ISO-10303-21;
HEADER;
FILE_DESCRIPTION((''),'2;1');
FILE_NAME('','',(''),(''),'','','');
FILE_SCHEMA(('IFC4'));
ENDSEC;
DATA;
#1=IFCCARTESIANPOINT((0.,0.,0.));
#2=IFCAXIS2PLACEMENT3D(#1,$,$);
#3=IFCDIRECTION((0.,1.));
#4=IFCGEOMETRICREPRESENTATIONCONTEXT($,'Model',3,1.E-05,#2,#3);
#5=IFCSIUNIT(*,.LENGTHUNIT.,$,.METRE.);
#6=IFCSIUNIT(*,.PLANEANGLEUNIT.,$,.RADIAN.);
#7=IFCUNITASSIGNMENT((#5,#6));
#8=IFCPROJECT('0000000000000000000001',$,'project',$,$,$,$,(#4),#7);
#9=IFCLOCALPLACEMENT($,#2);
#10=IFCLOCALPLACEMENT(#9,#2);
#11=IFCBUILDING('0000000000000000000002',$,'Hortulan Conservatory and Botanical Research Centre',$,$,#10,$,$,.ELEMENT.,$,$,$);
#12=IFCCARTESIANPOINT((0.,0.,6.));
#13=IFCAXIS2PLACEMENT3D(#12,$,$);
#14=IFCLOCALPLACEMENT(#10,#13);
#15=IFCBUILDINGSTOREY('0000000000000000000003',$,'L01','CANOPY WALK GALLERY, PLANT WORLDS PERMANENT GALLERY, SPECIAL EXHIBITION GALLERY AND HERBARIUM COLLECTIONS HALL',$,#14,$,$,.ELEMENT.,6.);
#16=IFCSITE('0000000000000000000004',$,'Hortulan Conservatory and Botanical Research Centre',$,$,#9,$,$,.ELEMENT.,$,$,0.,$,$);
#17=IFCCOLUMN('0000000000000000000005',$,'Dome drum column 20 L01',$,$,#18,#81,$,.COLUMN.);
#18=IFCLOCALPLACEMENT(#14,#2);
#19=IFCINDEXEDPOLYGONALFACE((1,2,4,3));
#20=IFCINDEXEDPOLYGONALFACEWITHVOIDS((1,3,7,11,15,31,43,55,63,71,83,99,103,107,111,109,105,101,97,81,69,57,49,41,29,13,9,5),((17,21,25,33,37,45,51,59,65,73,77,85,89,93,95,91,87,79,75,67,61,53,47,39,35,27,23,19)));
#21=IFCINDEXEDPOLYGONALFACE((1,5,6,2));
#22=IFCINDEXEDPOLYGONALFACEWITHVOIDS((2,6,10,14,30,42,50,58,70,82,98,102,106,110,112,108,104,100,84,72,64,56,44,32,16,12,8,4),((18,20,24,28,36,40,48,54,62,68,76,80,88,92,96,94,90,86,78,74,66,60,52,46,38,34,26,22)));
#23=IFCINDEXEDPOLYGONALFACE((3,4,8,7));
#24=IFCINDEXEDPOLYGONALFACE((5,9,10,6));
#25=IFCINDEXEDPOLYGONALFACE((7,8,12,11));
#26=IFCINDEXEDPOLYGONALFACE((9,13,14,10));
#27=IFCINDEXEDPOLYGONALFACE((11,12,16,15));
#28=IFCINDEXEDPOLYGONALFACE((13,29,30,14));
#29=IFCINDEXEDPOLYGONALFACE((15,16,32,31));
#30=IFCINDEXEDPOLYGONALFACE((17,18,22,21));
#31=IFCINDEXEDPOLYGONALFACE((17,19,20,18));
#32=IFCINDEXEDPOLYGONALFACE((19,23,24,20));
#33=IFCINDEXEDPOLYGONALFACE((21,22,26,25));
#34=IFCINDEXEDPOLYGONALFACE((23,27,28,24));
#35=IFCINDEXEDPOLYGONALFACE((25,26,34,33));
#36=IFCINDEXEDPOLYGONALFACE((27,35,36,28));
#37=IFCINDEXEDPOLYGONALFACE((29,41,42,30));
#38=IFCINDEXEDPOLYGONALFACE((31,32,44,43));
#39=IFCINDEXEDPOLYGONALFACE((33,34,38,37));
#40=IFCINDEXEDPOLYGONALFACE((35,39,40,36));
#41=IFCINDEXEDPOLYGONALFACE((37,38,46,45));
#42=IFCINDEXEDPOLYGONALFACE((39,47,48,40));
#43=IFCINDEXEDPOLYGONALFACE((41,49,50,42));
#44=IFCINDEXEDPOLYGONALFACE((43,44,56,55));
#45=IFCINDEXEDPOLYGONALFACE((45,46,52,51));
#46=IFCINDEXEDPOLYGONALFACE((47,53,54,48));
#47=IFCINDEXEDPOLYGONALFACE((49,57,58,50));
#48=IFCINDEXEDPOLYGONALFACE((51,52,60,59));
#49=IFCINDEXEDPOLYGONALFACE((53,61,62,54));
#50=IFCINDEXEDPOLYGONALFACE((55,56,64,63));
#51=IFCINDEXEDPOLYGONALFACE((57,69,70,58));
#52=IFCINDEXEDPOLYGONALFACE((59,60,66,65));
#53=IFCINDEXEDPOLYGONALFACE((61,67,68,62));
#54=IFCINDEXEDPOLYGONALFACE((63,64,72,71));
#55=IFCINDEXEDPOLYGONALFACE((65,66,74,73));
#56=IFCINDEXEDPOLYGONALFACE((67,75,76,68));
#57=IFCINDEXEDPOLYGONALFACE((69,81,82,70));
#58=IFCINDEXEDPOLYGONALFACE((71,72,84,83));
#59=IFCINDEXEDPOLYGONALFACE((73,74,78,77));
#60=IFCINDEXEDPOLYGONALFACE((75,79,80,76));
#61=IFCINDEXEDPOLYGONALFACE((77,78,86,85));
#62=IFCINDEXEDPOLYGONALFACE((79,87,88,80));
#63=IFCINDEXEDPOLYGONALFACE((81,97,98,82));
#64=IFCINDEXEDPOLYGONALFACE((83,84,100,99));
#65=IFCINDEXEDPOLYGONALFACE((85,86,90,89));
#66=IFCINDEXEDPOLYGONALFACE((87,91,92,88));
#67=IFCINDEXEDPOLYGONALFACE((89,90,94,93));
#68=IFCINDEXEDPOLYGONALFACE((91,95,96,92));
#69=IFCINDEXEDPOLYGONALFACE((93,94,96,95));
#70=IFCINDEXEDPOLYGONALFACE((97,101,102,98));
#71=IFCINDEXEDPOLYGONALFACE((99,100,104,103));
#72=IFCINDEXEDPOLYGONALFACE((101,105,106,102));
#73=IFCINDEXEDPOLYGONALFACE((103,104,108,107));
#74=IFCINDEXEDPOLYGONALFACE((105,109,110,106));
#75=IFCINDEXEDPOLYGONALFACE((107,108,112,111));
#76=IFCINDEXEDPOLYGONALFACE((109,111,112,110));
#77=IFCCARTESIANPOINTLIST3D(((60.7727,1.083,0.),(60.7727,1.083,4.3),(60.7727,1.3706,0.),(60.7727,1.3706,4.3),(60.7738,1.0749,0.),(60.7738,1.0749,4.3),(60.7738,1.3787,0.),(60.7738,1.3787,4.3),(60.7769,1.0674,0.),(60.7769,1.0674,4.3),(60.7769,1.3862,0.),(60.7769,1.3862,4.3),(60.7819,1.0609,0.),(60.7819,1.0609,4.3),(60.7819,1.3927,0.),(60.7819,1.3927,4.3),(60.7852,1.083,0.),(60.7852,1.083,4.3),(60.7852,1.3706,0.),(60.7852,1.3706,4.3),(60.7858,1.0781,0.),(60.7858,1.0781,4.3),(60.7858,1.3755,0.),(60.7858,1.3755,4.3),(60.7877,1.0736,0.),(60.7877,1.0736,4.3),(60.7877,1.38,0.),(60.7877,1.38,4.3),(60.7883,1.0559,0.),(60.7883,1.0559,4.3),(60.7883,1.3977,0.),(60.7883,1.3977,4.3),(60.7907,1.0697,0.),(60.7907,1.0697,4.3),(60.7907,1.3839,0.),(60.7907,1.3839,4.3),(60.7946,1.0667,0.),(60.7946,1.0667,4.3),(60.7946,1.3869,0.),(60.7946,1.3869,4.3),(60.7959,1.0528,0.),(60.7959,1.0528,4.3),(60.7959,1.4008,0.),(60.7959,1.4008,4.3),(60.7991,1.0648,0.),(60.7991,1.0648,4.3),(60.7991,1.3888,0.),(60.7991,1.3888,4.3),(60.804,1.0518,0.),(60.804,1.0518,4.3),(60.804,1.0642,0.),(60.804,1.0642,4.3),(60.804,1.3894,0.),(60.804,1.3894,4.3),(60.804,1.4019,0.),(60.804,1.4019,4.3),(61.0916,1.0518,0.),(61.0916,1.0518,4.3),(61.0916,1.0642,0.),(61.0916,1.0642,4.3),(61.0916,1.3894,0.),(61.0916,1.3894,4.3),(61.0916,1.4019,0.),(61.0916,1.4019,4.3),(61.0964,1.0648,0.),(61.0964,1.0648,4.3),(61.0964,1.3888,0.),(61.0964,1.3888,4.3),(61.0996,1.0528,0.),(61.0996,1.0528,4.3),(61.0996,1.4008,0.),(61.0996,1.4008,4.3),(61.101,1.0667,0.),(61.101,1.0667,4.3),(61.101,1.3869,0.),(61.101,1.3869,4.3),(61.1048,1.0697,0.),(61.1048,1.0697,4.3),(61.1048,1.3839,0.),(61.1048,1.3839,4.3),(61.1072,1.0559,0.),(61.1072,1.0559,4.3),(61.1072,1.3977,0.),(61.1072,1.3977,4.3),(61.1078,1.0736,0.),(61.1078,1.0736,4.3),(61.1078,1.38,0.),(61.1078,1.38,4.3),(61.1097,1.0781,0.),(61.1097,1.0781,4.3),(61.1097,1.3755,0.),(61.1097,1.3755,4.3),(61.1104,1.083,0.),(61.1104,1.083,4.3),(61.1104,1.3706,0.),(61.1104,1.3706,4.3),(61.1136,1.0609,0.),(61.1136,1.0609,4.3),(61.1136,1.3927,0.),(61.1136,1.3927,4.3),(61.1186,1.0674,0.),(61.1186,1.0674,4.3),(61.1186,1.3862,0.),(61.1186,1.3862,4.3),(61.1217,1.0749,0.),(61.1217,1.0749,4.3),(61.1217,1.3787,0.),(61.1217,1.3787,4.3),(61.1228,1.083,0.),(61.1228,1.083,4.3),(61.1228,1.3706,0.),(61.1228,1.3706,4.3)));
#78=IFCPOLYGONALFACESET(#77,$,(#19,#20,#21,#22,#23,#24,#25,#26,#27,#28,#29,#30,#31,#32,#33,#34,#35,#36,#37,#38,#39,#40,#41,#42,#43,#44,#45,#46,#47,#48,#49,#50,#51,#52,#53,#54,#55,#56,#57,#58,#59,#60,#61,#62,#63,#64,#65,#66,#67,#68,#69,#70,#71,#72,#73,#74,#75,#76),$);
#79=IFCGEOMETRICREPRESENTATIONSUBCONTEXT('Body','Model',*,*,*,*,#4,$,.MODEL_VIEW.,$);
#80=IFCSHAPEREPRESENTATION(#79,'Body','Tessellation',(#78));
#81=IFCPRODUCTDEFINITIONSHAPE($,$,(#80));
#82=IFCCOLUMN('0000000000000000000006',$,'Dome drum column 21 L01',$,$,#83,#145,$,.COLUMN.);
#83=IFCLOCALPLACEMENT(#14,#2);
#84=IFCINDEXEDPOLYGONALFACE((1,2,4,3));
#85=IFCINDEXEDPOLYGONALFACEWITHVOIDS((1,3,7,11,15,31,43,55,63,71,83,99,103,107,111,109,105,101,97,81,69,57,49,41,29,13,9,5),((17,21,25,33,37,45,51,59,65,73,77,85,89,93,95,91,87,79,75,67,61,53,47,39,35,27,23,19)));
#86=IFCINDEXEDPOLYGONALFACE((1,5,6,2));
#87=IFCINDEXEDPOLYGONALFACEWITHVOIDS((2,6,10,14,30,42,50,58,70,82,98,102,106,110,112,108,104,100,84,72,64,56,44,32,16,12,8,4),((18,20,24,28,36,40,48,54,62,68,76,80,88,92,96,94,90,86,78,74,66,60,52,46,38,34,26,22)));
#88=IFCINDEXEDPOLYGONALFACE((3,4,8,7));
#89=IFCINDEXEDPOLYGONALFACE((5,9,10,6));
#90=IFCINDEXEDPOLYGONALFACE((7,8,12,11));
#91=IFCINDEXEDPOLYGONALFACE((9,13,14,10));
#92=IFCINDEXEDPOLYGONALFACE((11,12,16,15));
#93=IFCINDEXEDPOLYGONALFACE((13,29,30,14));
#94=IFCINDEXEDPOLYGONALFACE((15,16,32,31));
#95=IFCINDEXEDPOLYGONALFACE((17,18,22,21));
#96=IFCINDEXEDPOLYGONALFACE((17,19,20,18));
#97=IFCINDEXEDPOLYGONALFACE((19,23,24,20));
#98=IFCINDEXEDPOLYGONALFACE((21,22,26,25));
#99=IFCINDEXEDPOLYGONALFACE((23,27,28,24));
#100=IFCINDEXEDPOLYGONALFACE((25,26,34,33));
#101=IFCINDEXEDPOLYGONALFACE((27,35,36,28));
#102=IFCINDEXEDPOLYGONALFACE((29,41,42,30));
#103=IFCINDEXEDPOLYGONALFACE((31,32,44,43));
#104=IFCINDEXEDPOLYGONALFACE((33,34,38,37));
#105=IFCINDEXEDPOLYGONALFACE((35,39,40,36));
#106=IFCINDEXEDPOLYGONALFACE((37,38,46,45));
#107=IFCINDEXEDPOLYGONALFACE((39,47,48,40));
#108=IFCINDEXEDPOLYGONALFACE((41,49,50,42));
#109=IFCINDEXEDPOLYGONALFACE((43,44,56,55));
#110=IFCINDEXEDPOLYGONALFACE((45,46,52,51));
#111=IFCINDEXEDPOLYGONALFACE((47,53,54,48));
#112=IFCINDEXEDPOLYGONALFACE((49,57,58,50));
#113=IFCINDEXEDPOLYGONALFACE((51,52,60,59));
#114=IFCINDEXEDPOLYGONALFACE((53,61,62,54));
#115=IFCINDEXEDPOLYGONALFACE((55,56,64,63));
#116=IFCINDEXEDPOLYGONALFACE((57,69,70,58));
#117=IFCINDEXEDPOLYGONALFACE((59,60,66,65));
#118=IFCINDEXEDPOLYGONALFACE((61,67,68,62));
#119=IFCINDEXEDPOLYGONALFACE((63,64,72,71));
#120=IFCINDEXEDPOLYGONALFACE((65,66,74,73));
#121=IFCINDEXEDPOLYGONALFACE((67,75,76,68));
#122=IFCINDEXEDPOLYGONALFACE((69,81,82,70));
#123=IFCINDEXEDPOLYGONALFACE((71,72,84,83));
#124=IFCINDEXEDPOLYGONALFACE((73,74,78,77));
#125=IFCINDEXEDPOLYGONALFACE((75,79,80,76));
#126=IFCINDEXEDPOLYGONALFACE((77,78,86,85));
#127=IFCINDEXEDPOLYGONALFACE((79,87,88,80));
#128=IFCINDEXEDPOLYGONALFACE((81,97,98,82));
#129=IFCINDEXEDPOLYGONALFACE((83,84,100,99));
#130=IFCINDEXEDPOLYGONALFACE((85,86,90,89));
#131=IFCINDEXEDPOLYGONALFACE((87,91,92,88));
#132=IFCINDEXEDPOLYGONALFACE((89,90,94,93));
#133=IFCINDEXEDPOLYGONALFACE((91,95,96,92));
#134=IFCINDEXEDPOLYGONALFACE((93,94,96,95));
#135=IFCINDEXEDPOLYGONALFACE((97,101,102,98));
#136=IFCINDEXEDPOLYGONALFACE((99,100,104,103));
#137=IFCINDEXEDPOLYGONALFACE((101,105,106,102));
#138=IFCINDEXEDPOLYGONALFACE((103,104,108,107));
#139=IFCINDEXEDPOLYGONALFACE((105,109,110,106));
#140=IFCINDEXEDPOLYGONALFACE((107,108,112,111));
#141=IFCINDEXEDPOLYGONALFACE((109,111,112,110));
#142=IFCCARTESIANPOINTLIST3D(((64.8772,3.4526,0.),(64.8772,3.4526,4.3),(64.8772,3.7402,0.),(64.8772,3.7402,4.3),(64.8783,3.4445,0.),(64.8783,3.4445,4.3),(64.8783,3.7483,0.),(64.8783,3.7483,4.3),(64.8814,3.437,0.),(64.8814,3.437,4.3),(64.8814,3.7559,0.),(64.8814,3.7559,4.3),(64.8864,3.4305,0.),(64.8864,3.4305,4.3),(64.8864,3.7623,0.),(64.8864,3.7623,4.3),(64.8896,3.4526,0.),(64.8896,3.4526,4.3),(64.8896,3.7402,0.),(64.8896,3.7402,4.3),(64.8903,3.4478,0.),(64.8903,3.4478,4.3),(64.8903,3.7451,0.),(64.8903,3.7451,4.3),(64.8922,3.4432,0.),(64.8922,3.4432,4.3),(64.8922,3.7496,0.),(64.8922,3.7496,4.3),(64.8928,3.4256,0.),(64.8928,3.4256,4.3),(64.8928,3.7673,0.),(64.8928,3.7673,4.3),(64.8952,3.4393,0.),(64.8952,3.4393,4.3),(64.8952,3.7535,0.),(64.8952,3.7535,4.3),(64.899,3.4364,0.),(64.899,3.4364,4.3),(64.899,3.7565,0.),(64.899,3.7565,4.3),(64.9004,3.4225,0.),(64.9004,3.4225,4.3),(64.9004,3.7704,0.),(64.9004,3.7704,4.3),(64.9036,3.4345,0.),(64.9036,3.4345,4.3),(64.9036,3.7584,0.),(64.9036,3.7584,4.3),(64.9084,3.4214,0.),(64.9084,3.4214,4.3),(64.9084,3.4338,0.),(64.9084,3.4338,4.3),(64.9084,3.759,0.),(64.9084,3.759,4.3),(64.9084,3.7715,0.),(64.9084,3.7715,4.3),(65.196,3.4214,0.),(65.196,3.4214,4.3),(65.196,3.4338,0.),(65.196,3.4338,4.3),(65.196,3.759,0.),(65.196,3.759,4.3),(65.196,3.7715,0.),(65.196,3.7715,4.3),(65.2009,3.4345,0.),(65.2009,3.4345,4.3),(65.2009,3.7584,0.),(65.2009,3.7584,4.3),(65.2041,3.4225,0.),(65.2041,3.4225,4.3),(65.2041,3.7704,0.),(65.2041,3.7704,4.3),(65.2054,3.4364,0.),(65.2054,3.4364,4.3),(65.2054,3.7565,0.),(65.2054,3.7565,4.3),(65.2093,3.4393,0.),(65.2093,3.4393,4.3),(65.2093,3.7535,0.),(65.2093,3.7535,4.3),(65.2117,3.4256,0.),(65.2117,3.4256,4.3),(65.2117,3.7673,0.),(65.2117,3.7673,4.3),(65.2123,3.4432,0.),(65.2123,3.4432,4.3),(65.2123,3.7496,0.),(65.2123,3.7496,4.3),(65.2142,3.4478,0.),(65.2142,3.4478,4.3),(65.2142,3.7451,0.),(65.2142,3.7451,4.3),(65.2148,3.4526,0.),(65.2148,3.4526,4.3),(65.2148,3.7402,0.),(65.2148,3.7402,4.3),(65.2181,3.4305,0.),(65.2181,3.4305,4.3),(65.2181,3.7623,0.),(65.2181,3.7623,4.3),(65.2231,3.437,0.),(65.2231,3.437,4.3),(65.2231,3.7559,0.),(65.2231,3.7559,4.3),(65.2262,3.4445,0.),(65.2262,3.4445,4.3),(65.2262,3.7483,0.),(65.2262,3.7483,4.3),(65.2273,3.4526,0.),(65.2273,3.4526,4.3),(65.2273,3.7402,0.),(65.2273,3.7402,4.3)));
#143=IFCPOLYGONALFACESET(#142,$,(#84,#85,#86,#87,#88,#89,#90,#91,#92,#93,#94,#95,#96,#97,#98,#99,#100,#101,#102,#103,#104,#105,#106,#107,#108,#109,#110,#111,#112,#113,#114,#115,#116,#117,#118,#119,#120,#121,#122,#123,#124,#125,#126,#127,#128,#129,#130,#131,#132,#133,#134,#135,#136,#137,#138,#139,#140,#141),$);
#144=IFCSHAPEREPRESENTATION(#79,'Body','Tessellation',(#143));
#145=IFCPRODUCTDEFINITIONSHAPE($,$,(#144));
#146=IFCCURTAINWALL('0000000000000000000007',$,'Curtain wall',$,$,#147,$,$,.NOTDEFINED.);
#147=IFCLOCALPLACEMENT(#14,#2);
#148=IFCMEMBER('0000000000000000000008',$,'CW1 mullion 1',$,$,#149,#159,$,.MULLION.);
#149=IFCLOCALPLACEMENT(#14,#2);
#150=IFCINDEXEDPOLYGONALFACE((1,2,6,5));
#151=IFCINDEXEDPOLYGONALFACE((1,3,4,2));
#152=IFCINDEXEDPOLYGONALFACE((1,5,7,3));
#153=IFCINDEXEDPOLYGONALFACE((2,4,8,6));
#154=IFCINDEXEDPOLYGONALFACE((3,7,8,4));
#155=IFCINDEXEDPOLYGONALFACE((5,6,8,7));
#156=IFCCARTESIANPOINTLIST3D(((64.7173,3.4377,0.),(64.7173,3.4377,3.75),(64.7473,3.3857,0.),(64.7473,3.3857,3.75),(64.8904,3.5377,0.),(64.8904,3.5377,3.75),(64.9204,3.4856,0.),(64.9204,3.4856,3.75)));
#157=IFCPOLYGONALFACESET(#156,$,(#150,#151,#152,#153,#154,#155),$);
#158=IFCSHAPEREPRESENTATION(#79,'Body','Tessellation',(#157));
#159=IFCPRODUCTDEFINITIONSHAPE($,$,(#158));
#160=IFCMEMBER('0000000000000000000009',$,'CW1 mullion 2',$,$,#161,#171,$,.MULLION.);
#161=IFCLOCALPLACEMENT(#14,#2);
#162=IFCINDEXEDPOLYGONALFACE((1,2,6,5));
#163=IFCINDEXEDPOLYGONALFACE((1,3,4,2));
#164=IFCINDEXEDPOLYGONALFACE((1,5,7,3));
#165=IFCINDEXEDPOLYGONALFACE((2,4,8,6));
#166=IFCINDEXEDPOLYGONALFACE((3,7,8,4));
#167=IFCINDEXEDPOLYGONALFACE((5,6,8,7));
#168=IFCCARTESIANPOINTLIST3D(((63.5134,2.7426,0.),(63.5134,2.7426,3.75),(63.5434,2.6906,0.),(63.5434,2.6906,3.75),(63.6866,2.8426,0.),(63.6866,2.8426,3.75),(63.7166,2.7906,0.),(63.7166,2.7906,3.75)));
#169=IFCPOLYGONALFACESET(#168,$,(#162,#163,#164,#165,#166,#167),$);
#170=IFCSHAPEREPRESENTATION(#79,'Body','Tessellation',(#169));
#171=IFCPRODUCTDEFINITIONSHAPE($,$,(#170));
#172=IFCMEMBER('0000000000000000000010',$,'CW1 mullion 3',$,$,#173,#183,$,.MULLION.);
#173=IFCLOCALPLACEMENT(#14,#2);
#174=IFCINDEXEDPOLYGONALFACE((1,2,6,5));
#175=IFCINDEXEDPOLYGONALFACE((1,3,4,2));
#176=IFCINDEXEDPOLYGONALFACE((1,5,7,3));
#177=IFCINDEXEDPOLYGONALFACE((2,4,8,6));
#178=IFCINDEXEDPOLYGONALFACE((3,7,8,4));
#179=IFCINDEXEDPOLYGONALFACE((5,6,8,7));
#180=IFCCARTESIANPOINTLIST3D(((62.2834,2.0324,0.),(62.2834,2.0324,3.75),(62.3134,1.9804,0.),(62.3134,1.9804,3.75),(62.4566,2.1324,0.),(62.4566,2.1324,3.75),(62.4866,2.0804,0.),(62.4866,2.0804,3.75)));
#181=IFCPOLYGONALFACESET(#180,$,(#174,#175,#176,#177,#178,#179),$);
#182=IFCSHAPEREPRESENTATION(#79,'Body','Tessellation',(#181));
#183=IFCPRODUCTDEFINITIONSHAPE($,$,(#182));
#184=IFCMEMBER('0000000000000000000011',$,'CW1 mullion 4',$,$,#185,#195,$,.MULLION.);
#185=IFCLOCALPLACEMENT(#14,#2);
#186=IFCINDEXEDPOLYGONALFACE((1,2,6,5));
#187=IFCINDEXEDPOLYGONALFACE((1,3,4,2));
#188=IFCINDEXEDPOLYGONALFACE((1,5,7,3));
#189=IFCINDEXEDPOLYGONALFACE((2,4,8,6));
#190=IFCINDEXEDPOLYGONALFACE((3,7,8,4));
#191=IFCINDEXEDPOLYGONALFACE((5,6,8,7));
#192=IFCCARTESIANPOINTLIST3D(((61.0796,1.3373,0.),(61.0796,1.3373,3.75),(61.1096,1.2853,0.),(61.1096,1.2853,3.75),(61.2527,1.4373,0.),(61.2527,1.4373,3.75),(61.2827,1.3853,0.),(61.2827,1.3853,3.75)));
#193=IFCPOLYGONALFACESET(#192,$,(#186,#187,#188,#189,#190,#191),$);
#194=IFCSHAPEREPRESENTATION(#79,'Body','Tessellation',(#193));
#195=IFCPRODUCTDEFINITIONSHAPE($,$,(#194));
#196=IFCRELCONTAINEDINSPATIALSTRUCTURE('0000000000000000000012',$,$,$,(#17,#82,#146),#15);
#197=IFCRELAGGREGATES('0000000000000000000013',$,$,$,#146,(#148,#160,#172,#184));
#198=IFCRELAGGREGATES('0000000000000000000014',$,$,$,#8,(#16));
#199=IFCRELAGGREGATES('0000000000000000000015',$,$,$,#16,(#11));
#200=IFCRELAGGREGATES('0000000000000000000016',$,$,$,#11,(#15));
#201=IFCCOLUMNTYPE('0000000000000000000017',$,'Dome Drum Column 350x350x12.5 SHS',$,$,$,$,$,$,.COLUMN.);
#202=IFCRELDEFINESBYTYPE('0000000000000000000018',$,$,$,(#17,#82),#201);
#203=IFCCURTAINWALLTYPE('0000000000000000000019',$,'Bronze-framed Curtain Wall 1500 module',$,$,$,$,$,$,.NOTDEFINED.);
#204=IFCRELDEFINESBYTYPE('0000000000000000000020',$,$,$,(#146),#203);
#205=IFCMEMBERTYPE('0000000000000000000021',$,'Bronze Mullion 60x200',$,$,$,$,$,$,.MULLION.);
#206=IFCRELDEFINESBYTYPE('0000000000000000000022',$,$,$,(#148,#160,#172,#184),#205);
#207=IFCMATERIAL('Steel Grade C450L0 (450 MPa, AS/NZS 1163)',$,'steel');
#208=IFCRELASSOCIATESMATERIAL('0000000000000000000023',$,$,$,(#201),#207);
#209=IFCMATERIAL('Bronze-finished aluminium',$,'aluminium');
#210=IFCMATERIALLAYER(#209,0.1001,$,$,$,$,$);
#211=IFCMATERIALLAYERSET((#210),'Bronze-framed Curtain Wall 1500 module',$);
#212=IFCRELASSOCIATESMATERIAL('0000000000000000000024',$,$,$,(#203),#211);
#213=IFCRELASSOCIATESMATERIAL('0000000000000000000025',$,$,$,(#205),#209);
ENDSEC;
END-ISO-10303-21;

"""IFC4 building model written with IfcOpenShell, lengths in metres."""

from ifc_helpers import new_model, si_unit, direction, frame, origin, origin_2d, place, context, subcontext, project, spatial, rectangle, hollow_rectangle, extrude, material, layer, layer_set, material_profile, profile_set, type_object, element, aggregate, save


model = new_model("IFC4")

# Units and contexts
model_context = context("Model", 3, precision=1e-05, world=origin(), true_north=direction((0.0, 1.0)))
body_context = subcontext(model_context, "Body", "Model", "MODEL_VIEW")
ifc_project = project(units=[si_unit("LENGTHUNIT", "METRE"), si_unit("PLANEANGLEUNIT", "RADIAN")], contexts=[model_context])

# Site, building, storey
site_placement = place(None, origin())
site = spatial("IfcSite", under=ifc_project, at=site_placement, Name="Hortulan Conservatory and Botanical Research Centre", CompositionType="ELEMENT", RefElevation=0.0)
building_placement = place(site_placement, origin())
building = spatial("IfcBuilding", under=site, at=building_placement, Name="Hortulan Conservatory and Botanical Research Centre", CompositionType="ELEMENT")
storey_placement = place(building_placement, frame((0.0, 0.0, 6.0)))
storey = spatial("IfcBuildingStorey", under=building, at=storey_placement, Name="L01", Description="CANOPY WALK GALLERY, PLANT WORLDS PERMANENT GALLERY, SPECIAL EXHIBITION GALLERY AND HERBARIUM COLLECTIONS HALL", CompositionType="ELEMENT", Elevation=6.0)

# Columns
ifc_material_1 = material(Name="Steel Grade C450L0 (450 MPa, AS/NZS 1163)", Category="steel")
ifc_material_profile_1 = material_profile(ifc_material_1, hollow_rectangle(XDim=0.3501, YDim=0.3501, WallThickness=0.0125, InnerFilletRadius=0.0188, OuterFilletRadius=0.0312, at=origin_2d()), Name="350x350x12.5SHS")
ifc_profile_set_1 = profile_set([ifc_material_profile_1], Name="Steel Grade C450L0 (450 MPa, AS/NZS 1163)")
column_type = type_object("IfcColumnType", Name="Dome Drum Column 350x350x12.5 SHS", PredefinedType="COLUMN", material=ifc_profile_set_1)
for number, where, z_axis, x_axis, name in (
    (1, (60.9478, 1.2268, 0.0), (0.0, 0.0, 1.0), (1.0, 0.0, 0.0), "Dome drum column 20 L01"),
    (2, (65.0522, 3.5964, 0.0), (0.0, 0.0, 1.0), (1.0, 0.0, 0.0), "Dome drum column 21 L01"),
):
    element("IfcColumn", number, at=place(storey_placement, frame(where, z_axis=z_axis, x_axis=x_axis)), inside=storey, type_object=column_type, Name=name, PredefinedType="COLUMN", context=body_context, shape_type="SweptSolid", body=[
        extrude(hollow_rectangle(XDim=0.3501, YDim=0.3501, WallThickness=0.0125, InnerFilletRadius=0.0188, OuterFilletRadius=0.0312, at=origin_2d()), origin(), (0.0, 0.0, 1.0), 4.3),
    ])

# Curtain wall, members
ifc_material_2 = material(Name="Bronze-finished aluminium", Category="aluminium")
ifc_layer_1 = layer(ifc_material_2, 0.1001)
ifc_layer_set_1 = layer_set([ifc_layer_1], Name="Bronze-framed Curtain Wall 1500 module")
curtain_wall_type = type_object("IfcCurtainWallType", Name="Bronze-framed Curtain Wall 1500 module", PredefinedType="NOTDEFINED", material=ifc_layer_set_1)
curtain_wall_1_placement = place(storey_placement, origin())
curtain_wall_1 = element("IfcCurtainWall", 3, at=curtain_wall_1_placement, inside=storey, type_object=curtain_wall_type, Name="Curtain wall", PredefinedType="NOTDEFINED")
ifc_material_profile_2 = material_profile(ifc_material_2, rectangle(XDim=0.0601, YDim=0.2, at=origin_2d()), Name="Bronze Mullion 60x200")
ifc_profile_set_2 = profile_set([ifc_material_profile_2], Name="Bronze-finished aluminium")
member_type_1 = type_object("IfcMemberType", Name="Bronze Mullion 60x200", PredefinedType="MULLION", material=ifc_profile_set_2)
member_1_placement = place(storey_placement, frame((64.8188, 3.4617, 0.0), z_axis=(0.0, 0.0, 1.0), x_axis=(0.499981, -0.866036, 0.0)))
member_1 = element("IfcMember", 4, at=member_1_placement, type_object=member_type_1, Name="CW1 mullion 1", PredefinedType="MULLION", context=body_context, shape_type="SweptSolid", body=[
    extrude(rectangle(XDim=0.0601, YDim=0.2, at=origin_2d()), origin(), (0.0, 0.0, 1.0), 3.75),
])
member_2_placement = place(storey_placement, frame((63.615, 2.7666, 0.0), z_axis=(0.0, 0.0, 1.0), x_axis=(0.499981, -0.866036, 0.0)))
member_2 = element("IfcMember", 5, at=member_2_placement, type_object=member_type_1, Name="CW1 mullion 2", PredefinedType="MULLION", context=body_context, shape_type="SweptSolid", body=[
    extrude(rectangle(XDim=0.0601, YDim=0.2, at=origin_2d()), origin(), (0.0, 0.0, 1.0), 3.75),
])
member_3_placement = place(storey_placement, frame((62.385, 2.0564, 0.0), z_axis=(0.0, 0.0, 1.0), x_axis=(0.499981, -0.866036, 0.0)))
member_3 = element("IfcMember", 6, at=member_3_placement, type_object=member_type_1, Name="CW1 mullion 3", PredefinedType="MULLION", context=body_context, shape_type="SweptSolid", body=[
    extrude(rectangle(XDim=0.0601, YDim=0.2, at=origin_2d()), origin(), (0.0, 0.0, 1.0), 3.75),
])
member_4_placement = place(storey_placement, frame((61.1812, 1.3613, 0.0), z_axis=(0.0, 0.0, 1.0), x_axis=(0.499981, -0.866036, 0.0)))
member_4 = element("IfcMember", 7, at=member_4_placement, type_object=member_type_1, Name="CW1 mullion 4", PredefinedType="MULLION", context=body_context, shape_type="SweptSolid", body=[
    extrude(rectangle(XDim=0.0601, YDim=0.2, at=origin_2d()), origin(), (0.0, 0.0, 1.0), 3.75),
])

aggregate(curtain_wall_1, [member_1, member_2, member_3, member_4])

save(model, "model.ifc")
